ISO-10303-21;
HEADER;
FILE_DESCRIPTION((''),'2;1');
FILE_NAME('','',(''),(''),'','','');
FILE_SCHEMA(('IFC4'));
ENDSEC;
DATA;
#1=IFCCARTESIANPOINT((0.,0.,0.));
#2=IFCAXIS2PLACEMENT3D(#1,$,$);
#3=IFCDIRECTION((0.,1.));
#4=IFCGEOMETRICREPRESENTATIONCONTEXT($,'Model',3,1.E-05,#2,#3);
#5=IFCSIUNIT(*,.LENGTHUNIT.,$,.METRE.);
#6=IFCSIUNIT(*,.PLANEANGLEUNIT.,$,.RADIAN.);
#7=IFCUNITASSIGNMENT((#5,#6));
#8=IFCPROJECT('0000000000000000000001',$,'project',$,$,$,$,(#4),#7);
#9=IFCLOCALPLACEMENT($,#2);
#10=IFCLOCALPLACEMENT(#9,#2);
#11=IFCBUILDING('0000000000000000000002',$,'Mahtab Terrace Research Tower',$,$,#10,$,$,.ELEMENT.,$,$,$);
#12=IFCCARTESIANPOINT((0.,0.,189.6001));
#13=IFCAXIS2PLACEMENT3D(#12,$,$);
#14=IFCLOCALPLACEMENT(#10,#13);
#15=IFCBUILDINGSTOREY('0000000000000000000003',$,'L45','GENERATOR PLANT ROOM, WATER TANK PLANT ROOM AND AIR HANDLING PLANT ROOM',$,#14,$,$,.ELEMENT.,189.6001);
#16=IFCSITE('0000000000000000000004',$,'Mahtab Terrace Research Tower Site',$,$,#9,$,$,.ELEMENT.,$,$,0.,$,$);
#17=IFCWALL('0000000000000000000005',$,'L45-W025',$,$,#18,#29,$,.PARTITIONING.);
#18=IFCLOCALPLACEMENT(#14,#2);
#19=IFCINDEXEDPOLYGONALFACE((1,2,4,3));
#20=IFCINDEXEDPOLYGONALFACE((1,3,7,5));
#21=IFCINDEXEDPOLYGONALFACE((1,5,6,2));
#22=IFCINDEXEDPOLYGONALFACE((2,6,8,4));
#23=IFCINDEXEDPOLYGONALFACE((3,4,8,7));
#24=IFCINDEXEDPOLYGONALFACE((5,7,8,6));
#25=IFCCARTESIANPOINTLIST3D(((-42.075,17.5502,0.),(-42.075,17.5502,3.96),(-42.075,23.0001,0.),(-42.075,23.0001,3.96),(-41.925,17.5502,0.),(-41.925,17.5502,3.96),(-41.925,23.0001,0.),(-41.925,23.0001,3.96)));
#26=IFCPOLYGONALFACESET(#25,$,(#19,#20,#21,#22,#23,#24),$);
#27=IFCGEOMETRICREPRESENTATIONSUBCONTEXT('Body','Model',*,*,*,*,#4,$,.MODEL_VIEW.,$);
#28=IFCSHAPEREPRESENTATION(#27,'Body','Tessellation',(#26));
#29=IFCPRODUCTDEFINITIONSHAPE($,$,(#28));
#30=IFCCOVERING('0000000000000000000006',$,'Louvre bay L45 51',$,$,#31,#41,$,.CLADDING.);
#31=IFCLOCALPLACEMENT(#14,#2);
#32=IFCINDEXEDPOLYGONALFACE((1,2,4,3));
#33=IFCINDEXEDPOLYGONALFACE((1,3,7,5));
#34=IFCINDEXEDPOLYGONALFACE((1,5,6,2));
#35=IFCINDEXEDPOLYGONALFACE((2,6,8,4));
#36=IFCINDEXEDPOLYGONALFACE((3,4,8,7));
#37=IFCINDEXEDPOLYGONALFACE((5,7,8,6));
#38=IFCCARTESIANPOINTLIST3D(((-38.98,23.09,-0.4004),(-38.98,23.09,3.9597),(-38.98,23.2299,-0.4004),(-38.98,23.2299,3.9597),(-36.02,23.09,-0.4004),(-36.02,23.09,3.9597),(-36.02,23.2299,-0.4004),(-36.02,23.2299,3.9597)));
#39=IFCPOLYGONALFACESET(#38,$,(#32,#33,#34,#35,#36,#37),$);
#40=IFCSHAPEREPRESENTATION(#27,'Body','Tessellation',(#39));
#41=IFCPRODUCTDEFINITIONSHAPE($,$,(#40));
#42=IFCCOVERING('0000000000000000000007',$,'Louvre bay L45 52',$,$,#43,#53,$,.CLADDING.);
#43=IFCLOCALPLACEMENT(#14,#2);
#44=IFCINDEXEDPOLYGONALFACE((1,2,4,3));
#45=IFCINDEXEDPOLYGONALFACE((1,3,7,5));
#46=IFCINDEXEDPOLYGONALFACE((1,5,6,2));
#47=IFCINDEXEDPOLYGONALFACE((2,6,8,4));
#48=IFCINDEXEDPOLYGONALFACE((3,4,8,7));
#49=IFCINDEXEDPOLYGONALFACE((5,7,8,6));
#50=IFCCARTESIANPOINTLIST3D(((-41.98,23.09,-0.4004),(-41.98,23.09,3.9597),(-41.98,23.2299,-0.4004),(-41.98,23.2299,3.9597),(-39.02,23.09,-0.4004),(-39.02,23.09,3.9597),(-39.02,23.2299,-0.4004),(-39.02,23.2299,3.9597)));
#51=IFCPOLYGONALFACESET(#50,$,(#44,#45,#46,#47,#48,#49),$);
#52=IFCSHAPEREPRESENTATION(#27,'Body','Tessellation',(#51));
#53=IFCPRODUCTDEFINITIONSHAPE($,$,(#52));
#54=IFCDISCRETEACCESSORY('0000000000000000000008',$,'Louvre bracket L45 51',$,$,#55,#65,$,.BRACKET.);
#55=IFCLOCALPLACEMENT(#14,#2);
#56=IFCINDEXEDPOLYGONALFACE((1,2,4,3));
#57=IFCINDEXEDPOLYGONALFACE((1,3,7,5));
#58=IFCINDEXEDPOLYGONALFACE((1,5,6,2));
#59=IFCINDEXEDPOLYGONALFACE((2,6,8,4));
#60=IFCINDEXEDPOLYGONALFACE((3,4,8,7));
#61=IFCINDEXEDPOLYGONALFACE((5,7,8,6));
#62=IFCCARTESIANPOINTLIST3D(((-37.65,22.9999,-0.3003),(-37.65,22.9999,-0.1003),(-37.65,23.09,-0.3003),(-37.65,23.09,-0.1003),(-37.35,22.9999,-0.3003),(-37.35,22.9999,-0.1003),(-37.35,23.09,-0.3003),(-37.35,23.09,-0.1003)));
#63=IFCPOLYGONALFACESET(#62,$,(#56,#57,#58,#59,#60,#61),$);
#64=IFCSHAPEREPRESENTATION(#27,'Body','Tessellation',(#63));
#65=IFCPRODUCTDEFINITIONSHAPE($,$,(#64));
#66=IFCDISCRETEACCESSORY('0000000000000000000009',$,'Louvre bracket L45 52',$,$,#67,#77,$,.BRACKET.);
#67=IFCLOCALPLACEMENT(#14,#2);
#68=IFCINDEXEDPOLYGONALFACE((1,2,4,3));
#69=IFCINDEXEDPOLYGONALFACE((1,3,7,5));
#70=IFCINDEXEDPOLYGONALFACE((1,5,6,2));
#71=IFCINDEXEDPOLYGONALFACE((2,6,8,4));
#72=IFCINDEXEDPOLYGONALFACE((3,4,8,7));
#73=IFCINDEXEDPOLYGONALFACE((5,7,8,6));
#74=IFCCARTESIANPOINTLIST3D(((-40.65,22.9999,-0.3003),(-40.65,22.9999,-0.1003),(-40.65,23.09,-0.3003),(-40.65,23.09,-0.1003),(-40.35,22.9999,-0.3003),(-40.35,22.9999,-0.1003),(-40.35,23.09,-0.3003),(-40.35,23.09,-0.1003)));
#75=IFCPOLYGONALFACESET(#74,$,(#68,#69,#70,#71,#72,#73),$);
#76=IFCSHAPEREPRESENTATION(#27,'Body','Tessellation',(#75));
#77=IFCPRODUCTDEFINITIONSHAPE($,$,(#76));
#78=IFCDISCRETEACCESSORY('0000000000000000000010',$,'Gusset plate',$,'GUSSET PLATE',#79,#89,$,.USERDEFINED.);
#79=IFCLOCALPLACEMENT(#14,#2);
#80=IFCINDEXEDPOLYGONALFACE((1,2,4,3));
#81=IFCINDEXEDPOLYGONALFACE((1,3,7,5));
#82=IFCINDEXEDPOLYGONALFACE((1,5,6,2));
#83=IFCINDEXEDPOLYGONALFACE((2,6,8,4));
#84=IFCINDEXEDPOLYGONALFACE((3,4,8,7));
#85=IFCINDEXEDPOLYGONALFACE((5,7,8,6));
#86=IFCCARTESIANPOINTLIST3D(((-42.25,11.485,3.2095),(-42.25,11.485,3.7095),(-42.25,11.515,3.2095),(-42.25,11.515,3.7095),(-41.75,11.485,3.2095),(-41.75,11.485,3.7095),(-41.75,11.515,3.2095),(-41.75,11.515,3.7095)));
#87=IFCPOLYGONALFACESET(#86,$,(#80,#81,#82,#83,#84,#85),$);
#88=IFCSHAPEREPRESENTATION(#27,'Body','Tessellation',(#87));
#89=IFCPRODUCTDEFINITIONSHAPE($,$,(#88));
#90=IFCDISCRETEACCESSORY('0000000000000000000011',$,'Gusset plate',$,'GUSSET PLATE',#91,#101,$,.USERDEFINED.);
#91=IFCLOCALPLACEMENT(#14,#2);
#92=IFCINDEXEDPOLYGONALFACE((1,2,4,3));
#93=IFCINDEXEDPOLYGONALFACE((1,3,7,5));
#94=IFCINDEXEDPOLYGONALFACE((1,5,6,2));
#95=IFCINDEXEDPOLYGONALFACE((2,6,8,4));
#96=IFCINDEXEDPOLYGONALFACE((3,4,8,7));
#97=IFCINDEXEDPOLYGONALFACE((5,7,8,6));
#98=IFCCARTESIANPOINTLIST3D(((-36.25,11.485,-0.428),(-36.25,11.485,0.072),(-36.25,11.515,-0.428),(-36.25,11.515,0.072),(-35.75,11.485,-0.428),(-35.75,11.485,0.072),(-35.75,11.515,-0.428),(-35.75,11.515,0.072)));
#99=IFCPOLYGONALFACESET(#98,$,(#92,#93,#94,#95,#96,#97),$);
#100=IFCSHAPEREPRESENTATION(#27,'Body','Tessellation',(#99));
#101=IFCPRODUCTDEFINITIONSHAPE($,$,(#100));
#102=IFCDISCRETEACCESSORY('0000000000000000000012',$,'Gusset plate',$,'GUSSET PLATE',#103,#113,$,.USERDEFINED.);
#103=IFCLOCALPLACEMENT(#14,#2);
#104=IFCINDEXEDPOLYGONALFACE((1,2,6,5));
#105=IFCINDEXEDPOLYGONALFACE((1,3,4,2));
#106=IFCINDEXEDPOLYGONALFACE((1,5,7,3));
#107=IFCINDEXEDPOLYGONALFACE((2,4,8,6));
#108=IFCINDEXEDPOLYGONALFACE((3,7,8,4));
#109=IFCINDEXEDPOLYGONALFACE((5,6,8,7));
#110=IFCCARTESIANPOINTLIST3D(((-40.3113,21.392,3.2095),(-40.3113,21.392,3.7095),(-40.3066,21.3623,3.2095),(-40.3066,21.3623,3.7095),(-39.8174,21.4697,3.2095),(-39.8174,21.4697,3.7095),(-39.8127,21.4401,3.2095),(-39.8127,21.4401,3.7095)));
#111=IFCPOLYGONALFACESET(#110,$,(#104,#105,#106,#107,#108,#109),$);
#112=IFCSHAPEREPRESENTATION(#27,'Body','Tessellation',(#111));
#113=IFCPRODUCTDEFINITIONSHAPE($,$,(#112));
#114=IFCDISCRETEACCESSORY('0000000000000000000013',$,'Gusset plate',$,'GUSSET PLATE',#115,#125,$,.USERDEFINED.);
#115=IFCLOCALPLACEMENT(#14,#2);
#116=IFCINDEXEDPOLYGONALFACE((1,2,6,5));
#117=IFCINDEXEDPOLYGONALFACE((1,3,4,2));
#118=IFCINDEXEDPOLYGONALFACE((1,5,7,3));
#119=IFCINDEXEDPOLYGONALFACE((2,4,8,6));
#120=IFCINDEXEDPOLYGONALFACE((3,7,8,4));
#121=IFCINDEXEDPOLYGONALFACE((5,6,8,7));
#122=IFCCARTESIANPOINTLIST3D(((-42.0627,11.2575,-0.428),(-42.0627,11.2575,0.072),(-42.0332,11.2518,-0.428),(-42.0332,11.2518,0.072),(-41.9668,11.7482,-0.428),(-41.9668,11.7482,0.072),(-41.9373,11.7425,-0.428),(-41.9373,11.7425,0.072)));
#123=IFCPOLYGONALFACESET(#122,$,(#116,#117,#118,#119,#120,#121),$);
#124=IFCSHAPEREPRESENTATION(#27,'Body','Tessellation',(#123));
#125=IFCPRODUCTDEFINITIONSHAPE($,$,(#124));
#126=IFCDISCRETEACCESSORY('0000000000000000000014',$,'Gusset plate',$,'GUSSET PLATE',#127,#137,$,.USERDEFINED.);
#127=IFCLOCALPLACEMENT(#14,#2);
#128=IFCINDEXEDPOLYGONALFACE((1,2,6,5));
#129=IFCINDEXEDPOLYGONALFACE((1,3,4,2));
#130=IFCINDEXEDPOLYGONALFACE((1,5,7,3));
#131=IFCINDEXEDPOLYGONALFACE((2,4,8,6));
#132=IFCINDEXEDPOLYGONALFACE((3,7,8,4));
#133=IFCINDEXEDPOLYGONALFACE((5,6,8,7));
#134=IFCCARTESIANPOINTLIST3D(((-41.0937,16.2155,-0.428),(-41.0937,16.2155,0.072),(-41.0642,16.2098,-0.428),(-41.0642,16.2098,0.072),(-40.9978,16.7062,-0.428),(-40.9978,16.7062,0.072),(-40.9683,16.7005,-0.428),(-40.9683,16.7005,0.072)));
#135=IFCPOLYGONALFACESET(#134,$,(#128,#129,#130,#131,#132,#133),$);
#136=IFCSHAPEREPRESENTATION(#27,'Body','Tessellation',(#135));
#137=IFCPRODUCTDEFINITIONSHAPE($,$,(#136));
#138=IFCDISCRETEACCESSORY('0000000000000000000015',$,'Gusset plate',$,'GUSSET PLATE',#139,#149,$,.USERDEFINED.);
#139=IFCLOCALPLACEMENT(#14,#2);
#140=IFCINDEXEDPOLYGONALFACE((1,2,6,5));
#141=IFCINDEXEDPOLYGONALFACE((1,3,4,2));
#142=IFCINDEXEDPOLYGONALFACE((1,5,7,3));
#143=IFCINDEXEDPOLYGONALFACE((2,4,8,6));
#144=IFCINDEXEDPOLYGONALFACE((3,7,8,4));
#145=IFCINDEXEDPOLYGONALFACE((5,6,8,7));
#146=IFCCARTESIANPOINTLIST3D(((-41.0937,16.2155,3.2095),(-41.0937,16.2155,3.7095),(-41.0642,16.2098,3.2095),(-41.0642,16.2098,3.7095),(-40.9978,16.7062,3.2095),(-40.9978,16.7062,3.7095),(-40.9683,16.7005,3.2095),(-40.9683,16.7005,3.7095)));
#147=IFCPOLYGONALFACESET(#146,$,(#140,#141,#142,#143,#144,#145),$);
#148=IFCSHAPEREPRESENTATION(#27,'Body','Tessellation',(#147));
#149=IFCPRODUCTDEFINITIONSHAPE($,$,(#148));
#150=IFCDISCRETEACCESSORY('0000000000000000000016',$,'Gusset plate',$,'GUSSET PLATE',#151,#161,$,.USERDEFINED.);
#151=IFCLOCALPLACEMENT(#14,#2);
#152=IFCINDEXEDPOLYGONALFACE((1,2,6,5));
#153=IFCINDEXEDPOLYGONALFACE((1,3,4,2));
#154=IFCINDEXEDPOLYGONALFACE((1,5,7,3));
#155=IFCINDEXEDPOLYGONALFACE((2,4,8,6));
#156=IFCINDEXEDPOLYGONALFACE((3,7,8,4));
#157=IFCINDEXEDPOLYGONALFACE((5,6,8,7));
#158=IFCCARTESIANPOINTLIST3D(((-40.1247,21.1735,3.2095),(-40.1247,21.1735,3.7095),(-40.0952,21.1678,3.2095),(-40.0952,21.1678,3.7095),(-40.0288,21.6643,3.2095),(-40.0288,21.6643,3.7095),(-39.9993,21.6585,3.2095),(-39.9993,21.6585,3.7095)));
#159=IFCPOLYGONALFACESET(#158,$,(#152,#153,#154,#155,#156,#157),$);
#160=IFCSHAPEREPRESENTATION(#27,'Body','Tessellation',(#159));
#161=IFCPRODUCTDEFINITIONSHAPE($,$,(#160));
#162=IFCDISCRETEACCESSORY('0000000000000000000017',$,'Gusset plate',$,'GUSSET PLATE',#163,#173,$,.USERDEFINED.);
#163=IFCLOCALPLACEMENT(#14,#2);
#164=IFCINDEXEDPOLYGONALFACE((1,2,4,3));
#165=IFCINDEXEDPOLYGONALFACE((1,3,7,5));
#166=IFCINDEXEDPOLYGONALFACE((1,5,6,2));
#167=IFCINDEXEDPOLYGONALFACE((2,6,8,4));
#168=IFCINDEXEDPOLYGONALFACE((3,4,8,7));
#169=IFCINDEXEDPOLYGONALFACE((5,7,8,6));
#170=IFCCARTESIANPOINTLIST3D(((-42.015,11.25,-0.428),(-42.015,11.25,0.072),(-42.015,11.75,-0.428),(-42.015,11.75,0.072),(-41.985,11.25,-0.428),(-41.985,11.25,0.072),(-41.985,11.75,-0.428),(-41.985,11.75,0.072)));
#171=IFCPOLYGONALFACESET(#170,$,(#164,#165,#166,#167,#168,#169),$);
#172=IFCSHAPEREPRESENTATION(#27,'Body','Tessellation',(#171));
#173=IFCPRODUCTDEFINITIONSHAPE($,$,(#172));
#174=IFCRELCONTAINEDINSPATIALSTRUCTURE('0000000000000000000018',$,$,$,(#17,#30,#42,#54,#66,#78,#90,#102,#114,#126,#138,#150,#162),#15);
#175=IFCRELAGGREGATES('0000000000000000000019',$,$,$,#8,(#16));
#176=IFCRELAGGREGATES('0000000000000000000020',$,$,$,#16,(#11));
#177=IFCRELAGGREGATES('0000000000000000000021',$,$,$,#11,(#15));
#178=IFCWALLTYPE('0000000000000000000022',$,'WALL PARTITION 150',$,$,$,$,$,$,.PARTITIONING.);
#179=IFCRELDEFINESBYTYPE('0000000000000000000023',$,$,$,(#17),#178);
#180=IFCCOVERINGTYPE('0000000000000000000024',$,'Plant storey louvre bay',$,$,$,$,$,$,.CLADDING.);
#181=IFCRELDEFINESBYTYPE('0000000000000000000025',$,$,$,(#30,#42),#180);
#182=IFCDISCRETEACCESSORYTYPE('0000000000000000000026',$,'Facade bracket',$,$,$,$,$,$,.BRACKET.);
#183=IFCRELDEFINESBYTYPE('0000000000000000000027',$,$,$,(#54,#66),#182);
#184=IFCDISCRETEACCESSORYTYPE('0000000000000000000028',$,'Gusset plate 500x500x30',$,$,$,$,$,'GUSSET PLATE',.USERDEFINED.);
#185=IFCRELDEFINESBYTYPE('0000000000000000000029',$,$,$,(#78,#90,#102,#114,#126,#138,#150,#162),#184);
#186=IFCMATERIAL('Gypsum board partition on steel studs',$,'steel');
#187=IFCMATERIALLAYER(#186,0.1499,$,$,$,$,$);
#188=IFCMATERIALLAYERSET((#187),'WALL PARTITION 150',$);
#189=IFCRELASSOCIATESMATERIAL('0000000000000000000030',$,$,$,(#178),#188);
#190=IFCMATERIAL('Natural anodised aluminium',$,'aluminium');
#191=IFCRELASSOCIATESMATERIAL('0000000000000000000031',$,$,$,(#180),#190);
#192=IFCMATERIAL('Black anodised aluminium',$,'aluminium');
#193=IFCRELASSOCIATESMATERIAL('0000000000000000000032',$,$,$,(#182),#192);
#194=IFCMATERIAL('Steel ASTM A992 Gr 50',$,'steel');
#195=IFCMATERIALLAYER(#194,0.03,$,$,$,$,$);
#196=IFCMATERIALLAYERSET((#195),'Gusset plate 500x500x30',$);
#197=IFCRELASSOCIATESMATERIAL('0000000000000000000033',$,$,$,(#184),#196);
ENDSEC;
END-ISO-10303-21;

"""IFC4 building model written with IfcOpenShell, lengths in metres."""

from ifc_helpers import new_model, si_unit, direction, frame, frame_2d, origin, origin_2d, place, context, subcontext, project, spatial, rectangle, extrude, material, layer, layer_set, type_object, element, save


model = new_model("IFC4")

# Units and contexts
model_context = context("Model", 3, precision=1e-05, world=origin(), true_north=direction((0.0, 1.0)))
body_context = subcontext(model_context, "Body", "Model", "MODEL_VIEW")
ifc_project = project(units=[si_unit("LENGTHUNIT", "METRE"), si_unit("PLANEANGLEUNIT", "RADIAN")], contexts=[model_context])

# Site, building, storey
site_placement = place(None, origin())
site = spatial("IfcSite", under=ifc_project, at=site_placement, Name="Mahtab Terrace Research Tower Site", CompositionType="ELEMENT", RefElevation=0.0)
building_placement = place(site_placement, origin())
building = spatial("IfcBuilding", under=site, at=building_placement, Name="Mahtab Terrace Research Tower", CompositionType="ELEMENT")
storey_placement = place(building_placement, frame((0.0, 0.0, 189.6001)))
storey = spatial("IfcBuildingStorey", under=building, at=storey_placement, Name="L45", Description="GENERATOR PLANT ROOM, WATER TANK PLANT ROOM AND AIR HANDLING PLANT ROOM", CompositionType="ELEMENT", Elevation=189.6001)

# Shared definitions
ifc_material_1 = material(Name="Steel ASTM A992 Gr 50", Category="steel")

# Wall
ifc_material_2 = material(Name="Gypsum board partition on steel studs", Category="steel")
ifc_layer_1 = layer(ifc_material_2, 0.1499)
ifc_layer_set_1 = layer_set([ifc_layer_1], Name="WALL PARTITION 150")
wall_type_1 = type_object("IfcWallType", Name="WALL PARTITION 150", PredefinedType="PARTITIONING", material=ifc_layer_set_1)
wall_1_placement = place(storey_placement, frame((-42.0, 17.55, 0.0), z_axis=(0.0, 0.0, 1.0), x_axis=(0.0, 1.0, 0.0)))
element("IfcWall", 1, at=wall_1_placement, inside=storey, type_object=wall_type_1, Name="L45-W025", PredefinedType="PARTITIONING", context=body_context, shape_type="SweptSolid", body=[
    extrude(rectangle(XDim=5.45, YDim=0.1499, at=frame_2d((2.7251, 0.0))), origin(), (0.0, 0.0, 1.0), 3.96),
])

# Coverings
ifc_material_3 = material(Name="Natural anodised aluminium", Category="aluminium")
covering_type = type_object("IfcCoveringType", Name="Plant storey louvre bay", PredefinedType="CLADDING", material=ifc_material_3)
for number, where, z_axis, x_axis, name in (
    (2, (-37.5, 23.1599, -0.4004), (0.0, 0.0, 1.0), (-1.0, 0.0, 0.0), "Louvre bay L45 51"),
    (3, (-40.5, 23.1599, -0.4004), (0.0, 0.0, 1.0), (-1.0, 0.0, 0.0), "Louvre bay L45 52"),
):
    element("IfcCovering", number, at=place(storey_placement, frame(where, z_axis=z_axis, x_axis=x_axis)), inside=storey, type_object=covering_type, Name=name, PredefinedType="CLADDING", context=body_context, shape_type="SweptSolid", body=[
        extrude(rectangle(XDim=2.96, YDim=0.1399, at=origin_2d()), origin(), (0.0, 0.0, 1.0), 4.3601),
    ])

# Discrete accessories
ifc_material_4 = material(Name="Black anodised aluminium", Category="aluminium")
discrete_accessory_type_1 = type_object("IfcDiscreteAccessoryType", Name="Facade bracket", PredefinedType="BRACKET", material=ifc_material_4)
for number, where, z_axis, x_axis, name in (
    (4, (-37.5, 23.0449, -0.3003), (0.0, 0.0, 1.0), (-1.0, 0.0, 0.0), "Louvre bracket L45 51"),
    (5, (-40.5, 23.0449, -0.3003), (0.0, 0.0, 1.0), (-1.0, 0.0, 0.0), "Louvre bracket L45 52"),
):
    element("IfcDiscreteAccessory", number, at=place(storey_placement, frame(where, z_axis=z_axis, x_axis=x_axis)), inside=storey, type_object=discrete_accessory_type_1, Name=name, PredefinedType="BRACKET", context=body_context, shape_type="SweptSolid", body=[
        extrude(rectangle(XDim=0.3, YDim=0.0901, at=origin_2d()), origin(), (0.0, 0.0, 1.0), 0.2),
    ])
ifc_layer_2 = layer(ifc_material_1, 0.03)
ifc_layer_set_2 = layer_set([ifc_layer_2], Name="Gusset plate 500x500x30")
discrete_accessory_type_2 = type_object("IfcDiscreteAccessoryType", Name="Gusset plate 500x500x30", ElementType="GUSSET PLATE", PredefinedType="USERDEFINED", material=ifc_layer_set_2)
for number, where, z_axis, x_axis, name in (
    (6, (-42.0, 11.5, 3.2095), (0.0, 0.0, 1.0), (1.0, 0.0, 0.0), "Gusset plate"),
    (7, (-36.0, 11.5, -0.428), (0.0, 0.0, 1.0), (1.0, 0.0, 0.0), "Gusset plate"),
    (8, (-40.062, 21.416, 3.2095), (0.0, 0.0, 1.0), (0.987835, 0.155504, 0.0), "Gusset plate"),
    (9, (-42.0, 11.5, -0.428), (0.0, 0.0, 1.0), (0.19182, 0.98143, 0.0), "Gusset plate"),
    (10, (-41.031, 16.458, -0.428), (0.0, 0.0, 1.0), (0.19182, 0.98143, 0.0), "Gusset plate"),
    (11, (-41.031, 16.458, 3.2095), (0.0, 0.0, 1.0), (0.19182, 0.98143, 0.0), "Gusset plate"),
    (12, (-40.062, 21.416, 3.2095), (0.0, 0.0, 1.0), (0.19182, 0.98143, 0.0), "Gusset plate"),
    (13, (-42.0, 11.5, -0.428), (0.0, 0.0, 1.0), (0.0, 1.0, 0.0), "Gusset plate"),
):
    element("IfcDiscreteAccessory", number, at=place(storey_placement, frame(where, z_axis=z_axis, x_axis=x_axis)), inside=storey, type_object=discrete_accessory_type_2, Name=name, ObjectType="GUSSET PLATE", PredefinedType="USERDEFINED", context=body_context, shape_type="SweptSolid", body=[
        extrude(rectangle(XDim=0.5, YDim=0.03, at=origin_2d()), origin(), (0.0, 0.0, 1.0), 0.5),
    ])

save(model, "model.ifc")
